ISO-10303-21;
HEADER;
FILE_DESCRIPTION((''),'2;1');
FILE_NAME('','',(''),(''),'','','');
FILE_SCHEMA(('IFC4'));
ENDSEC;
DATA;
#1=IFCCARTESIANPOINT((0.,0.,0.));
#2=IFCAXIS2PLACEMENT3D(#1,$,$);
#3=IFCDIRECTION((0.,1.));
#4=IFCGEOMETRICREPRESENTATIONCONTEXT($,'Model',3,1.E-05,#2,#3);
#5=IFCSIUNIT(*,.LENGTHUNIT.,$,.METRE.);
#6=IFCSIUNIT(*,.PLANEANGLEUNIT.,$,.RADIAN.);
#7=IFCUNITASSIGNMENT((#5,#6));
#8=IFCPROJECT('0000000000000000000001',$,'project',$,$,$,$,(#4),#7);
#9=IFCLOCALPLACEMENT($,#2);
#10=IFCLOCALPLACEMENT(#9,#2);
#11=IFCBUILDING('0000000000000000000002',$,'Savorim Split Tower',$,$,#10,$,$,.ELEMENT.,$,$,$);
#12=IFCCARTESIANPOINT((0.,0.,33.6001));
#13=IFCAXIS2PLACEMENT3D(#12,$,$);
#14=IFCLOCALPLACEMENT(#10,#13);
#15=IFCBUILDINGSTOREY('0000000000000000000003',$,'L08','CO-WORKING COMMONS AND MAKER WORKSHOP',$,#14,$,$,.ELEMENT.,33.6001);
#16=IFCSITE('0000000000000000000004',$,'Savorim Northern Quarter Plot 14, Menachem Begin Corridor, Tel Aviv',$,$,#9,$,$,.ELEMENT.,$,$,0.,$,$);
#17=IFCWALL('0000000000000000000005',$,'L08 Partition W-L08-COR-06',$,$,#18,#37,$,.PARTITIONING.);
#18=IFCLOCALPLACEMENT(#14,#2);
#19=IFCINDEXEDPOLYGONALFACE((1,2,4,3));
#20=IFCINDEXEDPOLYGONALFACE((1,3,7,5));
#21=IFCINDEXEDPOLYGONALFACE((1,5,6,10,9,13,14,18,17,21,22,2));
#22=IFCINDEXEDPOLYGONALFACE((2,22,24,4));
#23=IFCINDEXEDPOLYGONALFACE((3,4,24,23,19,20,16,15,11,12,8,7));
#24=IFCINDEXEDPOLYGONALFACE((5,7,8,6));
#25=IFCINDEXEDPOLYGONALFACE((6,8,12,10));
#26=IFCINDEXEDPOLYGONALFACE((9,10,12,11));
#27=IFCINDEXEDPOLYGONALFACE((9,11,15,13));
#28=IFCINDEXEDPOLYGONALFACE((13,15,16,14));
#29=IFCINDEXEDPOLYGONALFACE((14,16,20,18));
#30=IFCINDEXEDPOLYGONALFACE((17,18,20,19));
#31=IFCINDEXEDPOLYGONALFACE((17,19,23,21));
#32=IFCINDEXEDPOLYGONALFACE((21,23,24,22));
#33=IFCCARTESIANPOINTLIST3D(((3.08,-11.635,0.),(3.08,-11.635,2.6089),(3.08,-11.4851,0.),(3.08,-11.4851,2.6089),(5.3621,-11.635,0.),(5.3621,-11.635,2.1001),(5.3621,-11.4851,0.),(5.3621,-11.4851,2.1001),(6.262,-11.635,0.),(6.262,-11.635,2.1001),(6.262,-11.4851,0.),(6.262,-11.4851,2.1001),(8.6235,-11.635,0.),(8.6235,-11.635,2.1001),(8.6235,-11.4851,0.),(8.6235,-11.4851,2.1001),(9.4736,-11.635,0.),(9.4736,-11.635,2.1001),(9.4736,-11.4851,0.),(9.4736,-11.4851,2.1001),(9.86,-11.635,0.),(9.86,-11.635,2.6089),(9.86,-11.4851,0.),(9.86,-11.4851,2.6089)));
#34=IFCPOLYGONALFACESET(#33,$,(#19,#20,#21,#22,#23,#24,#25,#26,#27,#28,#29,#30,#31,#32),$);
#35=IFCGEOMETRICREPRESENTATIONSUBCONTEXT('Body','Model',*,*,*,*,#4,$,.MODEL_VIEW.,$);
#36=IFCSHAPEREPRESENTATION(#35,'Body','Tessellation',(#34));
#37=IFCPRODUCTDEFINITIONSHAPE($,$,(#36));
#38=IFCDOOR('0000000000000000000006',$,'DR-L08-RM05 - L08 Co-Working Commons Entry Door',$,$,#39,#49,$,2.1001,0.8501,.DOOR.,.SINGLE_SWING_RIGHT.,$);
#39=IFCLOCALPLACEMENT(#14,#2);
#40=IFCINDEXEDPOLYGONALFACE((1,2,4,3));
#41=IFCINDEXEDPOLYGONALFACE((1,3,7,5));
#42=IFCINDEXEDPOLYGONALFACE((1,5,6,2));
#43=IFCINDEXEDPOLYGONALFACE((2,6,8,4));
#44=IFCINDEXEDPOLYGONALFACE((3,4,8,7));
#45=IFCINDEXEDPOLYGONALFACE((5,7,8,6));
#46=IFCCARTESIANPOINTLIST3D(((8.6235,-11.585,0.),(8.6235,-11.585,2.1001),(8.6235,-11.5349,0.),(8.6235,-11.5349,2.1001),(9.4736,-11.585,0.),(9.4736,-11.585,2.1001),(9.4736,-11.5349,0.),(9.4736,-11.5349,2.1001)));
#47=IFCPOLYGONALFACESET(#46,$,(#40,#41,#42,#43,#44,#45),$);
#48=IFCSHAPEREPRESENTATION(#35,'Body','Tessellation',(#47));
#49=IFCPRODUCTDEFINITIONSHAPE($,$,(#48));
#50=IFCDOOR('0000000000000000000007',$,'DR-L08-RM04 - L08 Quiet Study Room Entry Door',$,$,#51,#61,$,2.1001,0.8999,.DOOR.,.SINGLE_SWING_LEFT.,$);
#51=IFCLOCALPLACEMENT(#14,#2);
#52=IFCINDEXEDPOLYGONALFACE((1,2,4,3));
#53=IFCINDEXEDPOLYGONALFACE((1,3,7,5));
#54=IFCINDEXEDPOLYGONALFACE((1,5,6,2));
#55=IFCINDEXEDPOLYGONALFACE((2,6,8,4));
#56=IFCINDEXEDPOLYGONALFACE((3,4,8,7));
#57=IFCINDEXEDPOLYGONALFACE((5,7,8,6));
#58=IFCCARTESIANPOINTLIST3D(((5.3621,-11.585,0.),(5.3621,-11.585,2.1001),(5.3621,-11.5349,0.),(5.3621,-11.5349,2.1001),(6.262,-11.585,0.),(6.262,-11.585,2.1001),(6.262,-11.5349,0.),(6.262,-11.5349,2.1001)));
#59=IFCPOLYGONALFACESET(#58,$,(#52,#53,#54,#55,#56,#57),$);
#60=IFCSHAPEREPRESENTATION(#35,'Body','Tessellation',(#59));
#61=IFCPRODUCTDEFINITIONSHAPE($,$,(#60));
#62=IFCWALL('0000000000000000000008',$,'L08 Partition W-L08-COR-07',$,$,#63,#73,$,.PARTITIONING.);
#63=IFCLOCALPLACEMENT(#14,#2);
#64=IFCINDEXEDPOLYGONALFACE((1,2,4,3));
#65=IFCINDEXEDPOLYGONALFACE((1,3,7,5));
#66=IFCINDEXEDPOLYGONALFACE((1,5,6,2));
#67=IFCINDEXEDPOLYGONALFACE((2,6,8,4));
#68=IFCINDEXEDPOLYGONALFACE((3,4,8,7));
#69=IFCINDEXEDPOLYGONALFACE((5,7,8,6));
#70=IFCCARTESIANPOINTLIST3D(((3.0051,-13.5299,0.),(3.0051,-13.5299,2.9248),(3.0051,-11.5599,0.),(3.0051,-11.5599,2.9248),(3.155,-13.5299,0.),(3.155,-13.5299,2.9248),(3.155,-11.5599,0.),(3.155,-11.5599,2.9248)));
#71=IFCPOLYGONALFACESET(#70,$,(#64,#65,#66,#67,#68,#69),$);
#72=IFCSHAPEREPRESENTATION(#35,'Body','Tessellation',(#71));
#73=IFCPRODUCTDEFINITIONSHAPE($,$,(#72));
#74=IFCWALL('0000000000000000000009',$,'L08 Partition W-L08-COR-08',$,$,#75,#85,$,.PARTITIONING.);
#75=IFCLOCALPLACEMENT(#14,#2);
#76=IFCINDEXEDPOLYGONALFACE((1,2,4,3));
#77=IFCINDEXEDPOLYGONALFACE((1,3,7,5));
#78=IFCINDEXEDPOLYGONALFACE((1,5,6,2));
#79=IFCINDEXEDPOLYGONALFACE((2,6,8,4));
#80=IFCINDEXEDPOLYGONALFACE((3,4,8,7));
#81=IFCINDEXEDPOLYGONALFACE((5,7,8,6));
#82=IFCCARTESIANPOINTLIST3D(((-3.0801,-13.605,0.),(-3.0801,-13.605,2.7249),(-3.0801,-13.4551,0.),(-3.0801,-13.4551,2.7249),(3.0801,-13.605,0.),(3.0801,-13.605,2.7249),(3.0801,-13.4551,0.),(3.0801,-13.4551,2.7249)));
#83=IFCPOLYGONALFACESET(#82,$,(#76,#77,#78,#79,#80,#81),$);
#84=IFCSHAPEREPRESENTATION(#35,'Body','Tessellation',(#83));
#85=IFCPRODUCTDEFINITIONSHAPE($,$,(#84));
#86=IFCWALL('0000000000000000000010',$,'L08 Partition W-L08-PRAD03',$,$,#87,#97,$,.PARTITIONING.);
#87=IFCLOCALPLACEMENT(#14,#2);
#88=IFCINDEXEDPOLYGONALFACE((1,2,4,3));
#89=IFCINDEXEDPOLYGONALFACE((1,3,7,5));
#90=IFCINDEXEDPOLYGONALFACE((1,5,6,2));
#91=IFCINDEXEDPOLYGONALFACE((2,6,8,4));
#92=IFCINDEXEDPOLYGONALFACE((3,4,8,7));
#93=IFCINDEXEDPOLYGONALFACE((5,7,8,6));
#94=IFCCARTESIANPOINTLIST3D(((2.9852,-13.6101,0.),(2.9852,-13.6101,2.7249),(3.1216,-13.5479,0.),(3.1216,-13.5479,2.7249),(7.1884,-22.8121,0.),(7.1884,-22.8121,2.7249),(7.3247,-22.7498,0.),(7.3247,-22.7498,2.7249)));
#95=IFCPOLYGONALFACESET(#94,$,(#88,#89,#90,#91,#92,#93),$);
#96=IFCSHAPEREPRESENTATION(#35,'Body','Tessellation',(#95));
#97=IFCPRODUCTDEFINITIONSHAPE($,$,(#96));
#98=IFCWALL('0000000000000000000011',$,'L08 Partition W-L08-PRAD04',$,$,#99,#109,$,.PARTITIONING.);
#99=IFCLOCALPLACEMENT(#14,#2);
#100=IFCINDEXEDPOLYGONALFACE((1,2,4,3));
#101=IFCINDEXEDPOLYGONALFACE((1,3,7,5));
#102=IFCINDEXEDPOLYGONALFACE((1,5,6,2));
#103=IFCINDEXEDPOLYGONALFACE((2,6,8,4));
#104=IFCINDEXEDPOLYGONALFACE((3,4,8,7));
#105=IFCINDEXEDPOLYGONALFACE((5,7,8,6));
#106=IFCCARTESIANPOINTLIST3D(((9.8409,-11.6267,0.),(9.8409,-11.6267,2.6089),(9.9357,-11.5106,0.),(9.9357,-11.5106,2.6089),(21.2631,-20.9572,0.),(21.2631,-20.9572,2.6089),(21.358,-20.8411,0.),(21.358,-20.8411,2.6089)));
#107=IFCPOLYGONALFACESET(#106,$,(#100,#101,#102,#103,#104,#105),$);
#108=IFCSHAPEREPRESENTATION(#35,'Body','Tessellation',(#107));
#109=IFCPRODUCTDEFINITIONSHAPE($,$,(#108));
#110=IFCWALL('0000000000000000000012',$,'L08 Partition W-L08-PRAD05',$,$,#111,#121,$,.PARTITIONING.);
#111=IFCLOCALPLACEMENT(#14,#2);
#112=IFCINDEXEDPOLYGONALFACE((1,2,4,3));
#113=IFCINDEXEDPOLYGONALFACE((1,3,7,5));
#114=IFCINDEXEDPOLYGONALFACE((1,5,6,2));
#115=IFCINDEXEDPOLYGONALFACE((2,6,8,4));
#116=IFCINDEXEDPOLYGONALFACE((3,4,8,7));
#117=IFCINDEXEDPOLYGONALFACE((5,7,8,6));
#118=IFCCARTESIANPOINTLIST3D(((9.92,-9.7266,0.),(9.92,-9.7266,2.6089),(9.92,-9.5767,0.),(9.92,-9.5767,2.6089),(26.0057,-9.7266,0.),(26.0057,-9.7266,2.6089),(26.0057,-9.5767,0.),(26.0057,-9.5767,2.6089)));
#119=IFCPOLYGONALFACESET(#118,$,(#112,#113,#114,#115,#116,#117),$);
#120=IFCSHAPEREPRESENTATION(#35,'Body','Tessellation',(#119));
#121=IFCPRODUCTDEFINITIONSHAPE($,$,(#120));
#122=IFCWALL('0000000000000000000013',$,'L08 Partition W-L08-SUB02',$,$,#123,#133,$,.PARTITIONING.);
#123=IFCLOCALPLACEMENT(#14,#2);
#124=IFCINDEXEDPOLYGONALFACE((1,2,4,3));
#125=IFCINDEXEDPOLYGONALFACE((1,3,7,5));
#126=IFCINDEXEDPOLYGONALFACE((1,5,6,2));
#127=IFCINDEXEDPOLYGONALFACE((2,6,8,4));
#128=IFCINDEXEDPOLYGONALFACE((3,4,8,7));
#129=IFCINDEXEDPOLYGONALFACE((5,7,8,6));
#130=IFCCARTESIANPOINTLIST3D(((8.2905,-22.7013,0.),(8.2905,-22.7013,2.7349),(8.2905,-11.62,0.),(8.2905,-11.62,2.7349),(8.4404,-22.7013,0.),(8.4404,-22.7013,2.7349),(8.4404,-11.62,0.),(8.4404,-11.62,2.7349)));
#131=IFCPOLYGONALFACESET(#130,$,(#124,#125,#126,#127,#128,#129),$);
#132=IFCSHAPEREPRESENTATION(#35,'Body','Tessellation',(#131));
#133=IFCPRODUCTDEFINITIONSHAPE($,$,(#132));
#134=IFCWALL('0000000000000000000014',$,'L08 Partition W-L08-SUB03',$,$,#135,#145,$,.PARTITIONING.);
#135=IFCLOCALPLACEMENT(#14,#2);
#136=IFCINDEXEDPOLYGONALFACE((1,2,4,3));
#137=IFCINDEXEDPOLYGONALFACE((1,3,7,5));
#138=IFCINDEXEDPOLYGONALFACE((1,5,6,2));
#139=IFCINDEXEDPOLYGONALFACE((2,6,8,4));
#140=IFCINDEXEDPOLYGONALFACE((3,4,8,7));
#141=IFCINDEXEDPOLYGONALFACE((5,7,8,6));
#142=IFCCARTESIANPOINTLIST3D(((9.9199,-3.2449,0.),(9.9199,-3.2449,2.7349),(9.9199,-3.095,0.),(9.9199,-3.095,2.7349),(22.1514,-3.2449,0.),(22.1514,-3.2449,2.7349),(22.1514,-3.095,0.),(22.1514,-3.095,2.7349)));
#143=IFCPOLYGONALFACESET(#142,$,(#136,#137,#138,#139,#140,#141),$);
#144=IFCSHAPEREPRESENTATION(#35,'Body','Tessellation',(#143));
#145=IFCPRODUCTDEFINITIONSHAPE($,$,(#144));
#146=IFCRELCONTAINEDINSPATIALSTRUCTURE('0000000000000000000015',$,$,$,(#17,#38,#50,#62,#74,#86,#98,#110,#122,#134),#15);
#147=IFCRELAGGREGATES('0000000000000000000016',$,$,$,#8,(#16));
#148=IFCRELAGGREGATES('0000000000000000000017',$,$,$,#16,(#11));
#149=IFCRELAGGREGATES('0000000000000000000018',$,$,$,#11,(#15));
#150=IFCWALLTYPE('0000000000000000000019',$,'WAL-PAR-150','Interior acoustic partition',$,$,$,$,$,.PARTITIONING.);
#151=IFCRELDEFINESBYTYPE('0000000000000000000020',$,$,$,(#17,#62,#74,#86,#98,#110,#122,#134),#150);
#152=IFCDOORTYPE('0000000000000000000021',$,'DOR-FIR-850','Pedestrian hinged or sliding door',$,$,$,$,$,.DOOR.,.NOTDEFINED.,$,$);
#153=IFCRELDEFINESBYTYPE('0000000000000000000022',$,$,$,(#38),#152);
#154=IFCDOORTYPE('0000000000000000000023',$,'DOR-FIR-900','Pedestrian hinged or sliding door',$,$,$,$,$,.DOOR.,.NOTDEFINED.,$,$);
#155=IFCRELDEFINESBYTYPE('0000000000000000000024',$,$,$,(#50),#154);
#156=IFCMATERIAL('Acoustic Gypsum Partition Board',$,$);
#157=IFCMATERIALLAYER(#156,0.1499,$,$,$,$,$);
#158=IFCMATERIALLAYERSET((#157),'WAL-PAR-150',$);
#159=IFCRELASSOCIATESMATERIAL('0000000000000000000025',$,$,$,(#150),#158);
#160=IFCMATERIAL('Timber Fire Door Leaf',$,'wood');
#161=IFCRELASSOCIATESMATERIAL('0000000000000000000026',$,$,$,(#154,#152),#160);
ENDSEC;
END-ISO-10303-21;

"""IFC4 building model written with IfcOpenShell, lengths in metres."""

from ifc_helpers import new_model, si_unit, direction, frame, frame_2d, origin, place, context, subcontext, project, spatial, rectangle, extrude, material, layer, layer_set, type_object, element, fill, save


model = new_model("IFC4")

# Units and contexts
model_context = context("Model", 3, precision=1e-05, world=origin(), true_north=direction((0.0, 1.0)))
body_context = subcontext(model_context, "Body", "Model", "MODEL_VIEW")
ifc_project = project(units=[si_unit("LENGTHUNIT", "METRE"), si_unit("PLANEANGLEUNIT", "RADIAN")], contexts=[model_context])

# Site, building, storey
site_placement = place(None, origin())
site = spatial("IfcSite", under=ifc_project, at=site_placement, Name="Savorim Northern Quarter Plot 14, Menachem Begin Corridor, Tel Aviv", CompositionType="ELEMENT", RefElevation=0.0)
building_placement = place(site_placement, origin())
building = spatial("IfcBuilding", under=site, at=building_placement, Name="Savorim Split Tower", CompositionType="ELEMENT")
storey_placement = place(building_placement, frame((0.0, 0.0, 33.6001)))
storey = spatial("IfcBuildingStorey", under=building, at=storey_placement, Name="L08", Description="CO-WORKING COMMONS AND MAKER WORKSHOP", CompositionType="ELEMENT", Elevation=33.6001)

# Shared definitions
ifc_material_1 = material(Name="Acoustic Gypsum Partition Board")
ifc_layer_1 = layer(ifc_material_1, 0.1499)
ifc_layer_set_1 = layer_set([ifc_layer_1], Name="WAL-PAR-150")
wall_type_1 = type_object("IfcWallType", Name="WAL-PAR-150", Description="Interior acoustic partition", PredefinedType="PARTITIONING", material=ifc_layer_set_1)

# Shared definitions
ifc_material_2 = material(Name="Timber Fire Door Leaf", Category="wood")
door_type_1 = type_object("IfcDoorType", Name="DOR-FIR-900", Description="Pedestrian hinged or sliding door", OperationType="NOTDEFINED", PredefinedType="DOOR", material=ifc_material_2)

# Wall, openings, doors
wall_1_placement = place(storey_placement, frame((9.8601, -11.5601, 0.0), z_axis=(0.0, 0.0, 1.0), x_axis=(-1.0, 0.0, 0.0)))
wall_1 = element("IfcWall", 1, at=wall_1_placement, inside=storey, type_object=wall_type_1, Name="L08 Partition W-L08-COR-06", PredefinedType="PARTITIONING", context=body_context, shape_type="SweptSolid", body=[
    extrude(rectangle(XDim=6.78, YDim=0.1499, at=frame_2d((3.3901, 0.0))), origin(), (0.0, 0.0, 1.0), 2.6089),
])
opening_1_placement = place(wall_1_placement, frame((3.5981, 0.0, 0.0)))
opening_1 = element("IfcOpeningElement", 2, at=opening_1_placement, cuts=wall_1, PredefinedType="OPENING", context=body_context, shape_type="SweptSolid", body=[
    extrude(rectangle(XDim=0.8999, YDim=2.1001, at=frame_2d((0.45, 1.05))), frame((0.0, 0.085, 0.0), z_axis=(0.0, -1.0, 0.0), x_axis=(1.0, 0.0, 0.0)), (0.0, 0.0, 1.0), 0.1699),
])
opening_2_placement = place(wall_1_placement, frame((0.3865, 0.0, 0.0)))
opening_2 = element("IfcOpeningElement", 3, at=opening_2_placement, cuts=wall_1, PredefinedType="OPENING", context=body_context, shape_type="SweptSolid", body=[
    extrude(rectangle(XDim=0.8501, YDim=2.1001, at=frame_2d((0.425, 1.05))), frame((0.0, 0.085, 0.0), z_axis=(0.0, -1.0, 0.0), x_axis=(1.0, 0.0, 0.0)), (0.0, 0.0, 1.0), 0.1699),
])
door_type_2 = type_object("IfcDoorType", Name="DOR-FIR-850", Description="Pedestrian hinged or sliding door", OperationType="NOTDEFINED", PredefinedType="DOOR", material=ifc_material_2)
door_1_placement = place(opening_2_placement, origin())
door_1 = element("IfcDoor", 4, at=door_1_placement, inside=storey, type_object=door_type_2, Name="DR-L08-RM05 - L08 Co-Working Commons Entry Door", OperationType="SINGLE_SWING_RIGHT", OverallHeight=2.1001, OverallWidth=0.8501, PredefinedType="DOOR", context=body_context, shape_type="SweptSolid", body=[
    extrude(rectangle(XDim=0.8501, YDim=2.1001, at=frame_2d((0.425, 1.05))), frame((0.0, 0.0249, 0.0), z_axis=(0.0, -1.0, 0.0), x_axis=(1.0, 0.0, 0.0)), (0.0, 0.0, 1.0), 0.05),
])
fill(opening_2, door_1)
door_2_placement = place(opening_1_placement, origin())
door_2 = element("IfcDoor", 5, at=door_2_placement, inside=storey, type_object=door_type_1, Name="DR-L08-RM04 - L08 Quiet Study Room Entry Door", OperationType="SINGLE_SWING_LEFT", OverallHeight=2.1001, OverallWidth=0.8999, PredefinedType="DOOR", context=body_context, shape_type="SweptSolid", body=[
    extrude(rectangle(XDim=0.8999, YDim=2.1001, at=frame_2d((0.45, 1.05))), frame((0.0, 0.0249, 0.0), z_axis=(0.0, -1.0, 0.0), x_axis=(1.0, 0.0, 0.0)), (0.0, 0.0, 1.0), 0.05),
])
fill(opening_1, door_2)

# Walls
wall_2_placement = place(storey_placement, frame((3.0801, -11.5601, 0.0), z_axis=(0.0, 0.0, 1.0), x_axis=(0.0, -1.0, 0.0)))
element("IfcWall", 6, at=wall_2_placement, inside=storey, type_object=wall_type_1, Name="L08 Partition W-L08-COR-07", PredefinedType="PARTITIONING", context=body_context, shape_type="SweptSolid", body=[
    extrude(rectangle(XDim=1.97, YDim=0.1499, at=frame_2d((0.9849, 0.0))), origin(), (0.0, 0.0, 1.0), 2.9248),
])
wall_3_placement = place(storey_placement, frame((3.0801, -13.53, 0.0), z_axis=(0.0, 0.0, 1.0), x_axis=(-1.0, 0.0, 0.0)))
element("IfcWall", 7, at=wall_3_placement, inside=storey, type_object=wall_type_1, Name="L08 Partition W-L08-COR-08", PredefinedType="PARTITIONING", context=body_context, shape_type="SweptSolid", body=[
    extrude(rectangle(XDim=6.1602, YDim=0.1499, at=frame_2d((3.0801, 0.0))), origin(), (0.0, 0.0, 1.0), 2.7249),
])
wall_4_placement = place(storey_placement, frame((3.0535, -13.5791, 0.0), z_axis=(0.0, 0.0, 1.0), x_axis=(0.415477, -0.909604, 0.0)))
element("IfcWall", 8, at=wall_4_placement, inside=storey, type_object=wall_type_1, Name="L08 Partition W-L08-PRAD03", PredefinedType="PARTITIONING", context=body_context, shape_type="SweptSolid", body=[
    extrude(rectangle(XDim=10.1165, YDim=0.1499, at=frame_2d((5.0581, 0.0))), origin(), (0.0, 0.0, 1.0), 2.7249),
])
wall_5_placement = place(storey_placement, frame((9.8882, -11.5686, 0.0), z_axis=(0.0, 0.0, 1.0), x_axis=(0.774456, -0.632628, 0.0)))
element("IfcWall", 9, at=wall_5_placement, inside=storey, type_object=wall_type_1, Name="L08 Partition W-L08-PRAD04", PredefinedType="PARTITIONING", context=body_context, shape_type="SweptSolid", body=[
    extrude(rectangle(XDim=14.7488, YDim=0.1499, at=frame_2d((7.3745, 0.0))), origin(), (0.0, 0.0, 1.0), 2.6089),
])
wall_6_placement = place(storey_placement, frame((9.9199, -9.6516, 0.0), z_axis=(0.0, 0.0, 1.0), x_axis=(1.0, 0.0, 0.0)))
element("IfcWall", 10, at=wall_6_placement, inside=storey, type_object=wall_type_1, Name="L08 Partition W-L08-PRAD05", PredefinedType="PARTITIONING", context=body_context, shape_type="SweptSolid", body=[
    extrude(rectangle(XDim=16.0857, YDim=0.1499, at=frame_2d((8.043, 0.0))), origin(), (0.0, 0.0, 1.0), 2.6089),
])
wall_7_placement = place(storey_placement, frame((8.3655, -11.6201, 0.0), z_axis=(0.0, 0.0, 1.0), x_axis=(0.0, -1.0, 0.0)))
element("IfcWall", 11, at=wall_7_placement, inside=storey, type_object=wall_type_1, Name="L08 Partition W-L08-SUB02", PredefinedType="PARTITIONING", context=body_context, shape_type="SweptSolid", body=[
    extrude(rectangle(XDim=11.0813, YDim=0.1499, at=frame_2d((5.5405, 0.0))), origin(), (0.0, 0.0, 1.0), 2.7349),
])
wall_8_placement = place(storey_placement, frame((9.9199, -3.1699, 0.0), z_axis=(0.0, 0.0, 1.0), x_axis=(1.0, 0.0, 0.0)))
element("IfcWall", 12, at=wall_8_placement, inside=storey, type_object=wall_type_1, Name="L08 Partition W-L08-SUB03", PredefinedType="PARTITIONING", context=body_context, shape_type="SweptSolid", body=[
    extrude(rectangle(XDim=12.2314, YDim=0.1499, at=frame_2d((6.1157, 0.0))), origin(), (0.0, 0.0, 1.0), 2.7349),
])

save(model, "model.ifc")
